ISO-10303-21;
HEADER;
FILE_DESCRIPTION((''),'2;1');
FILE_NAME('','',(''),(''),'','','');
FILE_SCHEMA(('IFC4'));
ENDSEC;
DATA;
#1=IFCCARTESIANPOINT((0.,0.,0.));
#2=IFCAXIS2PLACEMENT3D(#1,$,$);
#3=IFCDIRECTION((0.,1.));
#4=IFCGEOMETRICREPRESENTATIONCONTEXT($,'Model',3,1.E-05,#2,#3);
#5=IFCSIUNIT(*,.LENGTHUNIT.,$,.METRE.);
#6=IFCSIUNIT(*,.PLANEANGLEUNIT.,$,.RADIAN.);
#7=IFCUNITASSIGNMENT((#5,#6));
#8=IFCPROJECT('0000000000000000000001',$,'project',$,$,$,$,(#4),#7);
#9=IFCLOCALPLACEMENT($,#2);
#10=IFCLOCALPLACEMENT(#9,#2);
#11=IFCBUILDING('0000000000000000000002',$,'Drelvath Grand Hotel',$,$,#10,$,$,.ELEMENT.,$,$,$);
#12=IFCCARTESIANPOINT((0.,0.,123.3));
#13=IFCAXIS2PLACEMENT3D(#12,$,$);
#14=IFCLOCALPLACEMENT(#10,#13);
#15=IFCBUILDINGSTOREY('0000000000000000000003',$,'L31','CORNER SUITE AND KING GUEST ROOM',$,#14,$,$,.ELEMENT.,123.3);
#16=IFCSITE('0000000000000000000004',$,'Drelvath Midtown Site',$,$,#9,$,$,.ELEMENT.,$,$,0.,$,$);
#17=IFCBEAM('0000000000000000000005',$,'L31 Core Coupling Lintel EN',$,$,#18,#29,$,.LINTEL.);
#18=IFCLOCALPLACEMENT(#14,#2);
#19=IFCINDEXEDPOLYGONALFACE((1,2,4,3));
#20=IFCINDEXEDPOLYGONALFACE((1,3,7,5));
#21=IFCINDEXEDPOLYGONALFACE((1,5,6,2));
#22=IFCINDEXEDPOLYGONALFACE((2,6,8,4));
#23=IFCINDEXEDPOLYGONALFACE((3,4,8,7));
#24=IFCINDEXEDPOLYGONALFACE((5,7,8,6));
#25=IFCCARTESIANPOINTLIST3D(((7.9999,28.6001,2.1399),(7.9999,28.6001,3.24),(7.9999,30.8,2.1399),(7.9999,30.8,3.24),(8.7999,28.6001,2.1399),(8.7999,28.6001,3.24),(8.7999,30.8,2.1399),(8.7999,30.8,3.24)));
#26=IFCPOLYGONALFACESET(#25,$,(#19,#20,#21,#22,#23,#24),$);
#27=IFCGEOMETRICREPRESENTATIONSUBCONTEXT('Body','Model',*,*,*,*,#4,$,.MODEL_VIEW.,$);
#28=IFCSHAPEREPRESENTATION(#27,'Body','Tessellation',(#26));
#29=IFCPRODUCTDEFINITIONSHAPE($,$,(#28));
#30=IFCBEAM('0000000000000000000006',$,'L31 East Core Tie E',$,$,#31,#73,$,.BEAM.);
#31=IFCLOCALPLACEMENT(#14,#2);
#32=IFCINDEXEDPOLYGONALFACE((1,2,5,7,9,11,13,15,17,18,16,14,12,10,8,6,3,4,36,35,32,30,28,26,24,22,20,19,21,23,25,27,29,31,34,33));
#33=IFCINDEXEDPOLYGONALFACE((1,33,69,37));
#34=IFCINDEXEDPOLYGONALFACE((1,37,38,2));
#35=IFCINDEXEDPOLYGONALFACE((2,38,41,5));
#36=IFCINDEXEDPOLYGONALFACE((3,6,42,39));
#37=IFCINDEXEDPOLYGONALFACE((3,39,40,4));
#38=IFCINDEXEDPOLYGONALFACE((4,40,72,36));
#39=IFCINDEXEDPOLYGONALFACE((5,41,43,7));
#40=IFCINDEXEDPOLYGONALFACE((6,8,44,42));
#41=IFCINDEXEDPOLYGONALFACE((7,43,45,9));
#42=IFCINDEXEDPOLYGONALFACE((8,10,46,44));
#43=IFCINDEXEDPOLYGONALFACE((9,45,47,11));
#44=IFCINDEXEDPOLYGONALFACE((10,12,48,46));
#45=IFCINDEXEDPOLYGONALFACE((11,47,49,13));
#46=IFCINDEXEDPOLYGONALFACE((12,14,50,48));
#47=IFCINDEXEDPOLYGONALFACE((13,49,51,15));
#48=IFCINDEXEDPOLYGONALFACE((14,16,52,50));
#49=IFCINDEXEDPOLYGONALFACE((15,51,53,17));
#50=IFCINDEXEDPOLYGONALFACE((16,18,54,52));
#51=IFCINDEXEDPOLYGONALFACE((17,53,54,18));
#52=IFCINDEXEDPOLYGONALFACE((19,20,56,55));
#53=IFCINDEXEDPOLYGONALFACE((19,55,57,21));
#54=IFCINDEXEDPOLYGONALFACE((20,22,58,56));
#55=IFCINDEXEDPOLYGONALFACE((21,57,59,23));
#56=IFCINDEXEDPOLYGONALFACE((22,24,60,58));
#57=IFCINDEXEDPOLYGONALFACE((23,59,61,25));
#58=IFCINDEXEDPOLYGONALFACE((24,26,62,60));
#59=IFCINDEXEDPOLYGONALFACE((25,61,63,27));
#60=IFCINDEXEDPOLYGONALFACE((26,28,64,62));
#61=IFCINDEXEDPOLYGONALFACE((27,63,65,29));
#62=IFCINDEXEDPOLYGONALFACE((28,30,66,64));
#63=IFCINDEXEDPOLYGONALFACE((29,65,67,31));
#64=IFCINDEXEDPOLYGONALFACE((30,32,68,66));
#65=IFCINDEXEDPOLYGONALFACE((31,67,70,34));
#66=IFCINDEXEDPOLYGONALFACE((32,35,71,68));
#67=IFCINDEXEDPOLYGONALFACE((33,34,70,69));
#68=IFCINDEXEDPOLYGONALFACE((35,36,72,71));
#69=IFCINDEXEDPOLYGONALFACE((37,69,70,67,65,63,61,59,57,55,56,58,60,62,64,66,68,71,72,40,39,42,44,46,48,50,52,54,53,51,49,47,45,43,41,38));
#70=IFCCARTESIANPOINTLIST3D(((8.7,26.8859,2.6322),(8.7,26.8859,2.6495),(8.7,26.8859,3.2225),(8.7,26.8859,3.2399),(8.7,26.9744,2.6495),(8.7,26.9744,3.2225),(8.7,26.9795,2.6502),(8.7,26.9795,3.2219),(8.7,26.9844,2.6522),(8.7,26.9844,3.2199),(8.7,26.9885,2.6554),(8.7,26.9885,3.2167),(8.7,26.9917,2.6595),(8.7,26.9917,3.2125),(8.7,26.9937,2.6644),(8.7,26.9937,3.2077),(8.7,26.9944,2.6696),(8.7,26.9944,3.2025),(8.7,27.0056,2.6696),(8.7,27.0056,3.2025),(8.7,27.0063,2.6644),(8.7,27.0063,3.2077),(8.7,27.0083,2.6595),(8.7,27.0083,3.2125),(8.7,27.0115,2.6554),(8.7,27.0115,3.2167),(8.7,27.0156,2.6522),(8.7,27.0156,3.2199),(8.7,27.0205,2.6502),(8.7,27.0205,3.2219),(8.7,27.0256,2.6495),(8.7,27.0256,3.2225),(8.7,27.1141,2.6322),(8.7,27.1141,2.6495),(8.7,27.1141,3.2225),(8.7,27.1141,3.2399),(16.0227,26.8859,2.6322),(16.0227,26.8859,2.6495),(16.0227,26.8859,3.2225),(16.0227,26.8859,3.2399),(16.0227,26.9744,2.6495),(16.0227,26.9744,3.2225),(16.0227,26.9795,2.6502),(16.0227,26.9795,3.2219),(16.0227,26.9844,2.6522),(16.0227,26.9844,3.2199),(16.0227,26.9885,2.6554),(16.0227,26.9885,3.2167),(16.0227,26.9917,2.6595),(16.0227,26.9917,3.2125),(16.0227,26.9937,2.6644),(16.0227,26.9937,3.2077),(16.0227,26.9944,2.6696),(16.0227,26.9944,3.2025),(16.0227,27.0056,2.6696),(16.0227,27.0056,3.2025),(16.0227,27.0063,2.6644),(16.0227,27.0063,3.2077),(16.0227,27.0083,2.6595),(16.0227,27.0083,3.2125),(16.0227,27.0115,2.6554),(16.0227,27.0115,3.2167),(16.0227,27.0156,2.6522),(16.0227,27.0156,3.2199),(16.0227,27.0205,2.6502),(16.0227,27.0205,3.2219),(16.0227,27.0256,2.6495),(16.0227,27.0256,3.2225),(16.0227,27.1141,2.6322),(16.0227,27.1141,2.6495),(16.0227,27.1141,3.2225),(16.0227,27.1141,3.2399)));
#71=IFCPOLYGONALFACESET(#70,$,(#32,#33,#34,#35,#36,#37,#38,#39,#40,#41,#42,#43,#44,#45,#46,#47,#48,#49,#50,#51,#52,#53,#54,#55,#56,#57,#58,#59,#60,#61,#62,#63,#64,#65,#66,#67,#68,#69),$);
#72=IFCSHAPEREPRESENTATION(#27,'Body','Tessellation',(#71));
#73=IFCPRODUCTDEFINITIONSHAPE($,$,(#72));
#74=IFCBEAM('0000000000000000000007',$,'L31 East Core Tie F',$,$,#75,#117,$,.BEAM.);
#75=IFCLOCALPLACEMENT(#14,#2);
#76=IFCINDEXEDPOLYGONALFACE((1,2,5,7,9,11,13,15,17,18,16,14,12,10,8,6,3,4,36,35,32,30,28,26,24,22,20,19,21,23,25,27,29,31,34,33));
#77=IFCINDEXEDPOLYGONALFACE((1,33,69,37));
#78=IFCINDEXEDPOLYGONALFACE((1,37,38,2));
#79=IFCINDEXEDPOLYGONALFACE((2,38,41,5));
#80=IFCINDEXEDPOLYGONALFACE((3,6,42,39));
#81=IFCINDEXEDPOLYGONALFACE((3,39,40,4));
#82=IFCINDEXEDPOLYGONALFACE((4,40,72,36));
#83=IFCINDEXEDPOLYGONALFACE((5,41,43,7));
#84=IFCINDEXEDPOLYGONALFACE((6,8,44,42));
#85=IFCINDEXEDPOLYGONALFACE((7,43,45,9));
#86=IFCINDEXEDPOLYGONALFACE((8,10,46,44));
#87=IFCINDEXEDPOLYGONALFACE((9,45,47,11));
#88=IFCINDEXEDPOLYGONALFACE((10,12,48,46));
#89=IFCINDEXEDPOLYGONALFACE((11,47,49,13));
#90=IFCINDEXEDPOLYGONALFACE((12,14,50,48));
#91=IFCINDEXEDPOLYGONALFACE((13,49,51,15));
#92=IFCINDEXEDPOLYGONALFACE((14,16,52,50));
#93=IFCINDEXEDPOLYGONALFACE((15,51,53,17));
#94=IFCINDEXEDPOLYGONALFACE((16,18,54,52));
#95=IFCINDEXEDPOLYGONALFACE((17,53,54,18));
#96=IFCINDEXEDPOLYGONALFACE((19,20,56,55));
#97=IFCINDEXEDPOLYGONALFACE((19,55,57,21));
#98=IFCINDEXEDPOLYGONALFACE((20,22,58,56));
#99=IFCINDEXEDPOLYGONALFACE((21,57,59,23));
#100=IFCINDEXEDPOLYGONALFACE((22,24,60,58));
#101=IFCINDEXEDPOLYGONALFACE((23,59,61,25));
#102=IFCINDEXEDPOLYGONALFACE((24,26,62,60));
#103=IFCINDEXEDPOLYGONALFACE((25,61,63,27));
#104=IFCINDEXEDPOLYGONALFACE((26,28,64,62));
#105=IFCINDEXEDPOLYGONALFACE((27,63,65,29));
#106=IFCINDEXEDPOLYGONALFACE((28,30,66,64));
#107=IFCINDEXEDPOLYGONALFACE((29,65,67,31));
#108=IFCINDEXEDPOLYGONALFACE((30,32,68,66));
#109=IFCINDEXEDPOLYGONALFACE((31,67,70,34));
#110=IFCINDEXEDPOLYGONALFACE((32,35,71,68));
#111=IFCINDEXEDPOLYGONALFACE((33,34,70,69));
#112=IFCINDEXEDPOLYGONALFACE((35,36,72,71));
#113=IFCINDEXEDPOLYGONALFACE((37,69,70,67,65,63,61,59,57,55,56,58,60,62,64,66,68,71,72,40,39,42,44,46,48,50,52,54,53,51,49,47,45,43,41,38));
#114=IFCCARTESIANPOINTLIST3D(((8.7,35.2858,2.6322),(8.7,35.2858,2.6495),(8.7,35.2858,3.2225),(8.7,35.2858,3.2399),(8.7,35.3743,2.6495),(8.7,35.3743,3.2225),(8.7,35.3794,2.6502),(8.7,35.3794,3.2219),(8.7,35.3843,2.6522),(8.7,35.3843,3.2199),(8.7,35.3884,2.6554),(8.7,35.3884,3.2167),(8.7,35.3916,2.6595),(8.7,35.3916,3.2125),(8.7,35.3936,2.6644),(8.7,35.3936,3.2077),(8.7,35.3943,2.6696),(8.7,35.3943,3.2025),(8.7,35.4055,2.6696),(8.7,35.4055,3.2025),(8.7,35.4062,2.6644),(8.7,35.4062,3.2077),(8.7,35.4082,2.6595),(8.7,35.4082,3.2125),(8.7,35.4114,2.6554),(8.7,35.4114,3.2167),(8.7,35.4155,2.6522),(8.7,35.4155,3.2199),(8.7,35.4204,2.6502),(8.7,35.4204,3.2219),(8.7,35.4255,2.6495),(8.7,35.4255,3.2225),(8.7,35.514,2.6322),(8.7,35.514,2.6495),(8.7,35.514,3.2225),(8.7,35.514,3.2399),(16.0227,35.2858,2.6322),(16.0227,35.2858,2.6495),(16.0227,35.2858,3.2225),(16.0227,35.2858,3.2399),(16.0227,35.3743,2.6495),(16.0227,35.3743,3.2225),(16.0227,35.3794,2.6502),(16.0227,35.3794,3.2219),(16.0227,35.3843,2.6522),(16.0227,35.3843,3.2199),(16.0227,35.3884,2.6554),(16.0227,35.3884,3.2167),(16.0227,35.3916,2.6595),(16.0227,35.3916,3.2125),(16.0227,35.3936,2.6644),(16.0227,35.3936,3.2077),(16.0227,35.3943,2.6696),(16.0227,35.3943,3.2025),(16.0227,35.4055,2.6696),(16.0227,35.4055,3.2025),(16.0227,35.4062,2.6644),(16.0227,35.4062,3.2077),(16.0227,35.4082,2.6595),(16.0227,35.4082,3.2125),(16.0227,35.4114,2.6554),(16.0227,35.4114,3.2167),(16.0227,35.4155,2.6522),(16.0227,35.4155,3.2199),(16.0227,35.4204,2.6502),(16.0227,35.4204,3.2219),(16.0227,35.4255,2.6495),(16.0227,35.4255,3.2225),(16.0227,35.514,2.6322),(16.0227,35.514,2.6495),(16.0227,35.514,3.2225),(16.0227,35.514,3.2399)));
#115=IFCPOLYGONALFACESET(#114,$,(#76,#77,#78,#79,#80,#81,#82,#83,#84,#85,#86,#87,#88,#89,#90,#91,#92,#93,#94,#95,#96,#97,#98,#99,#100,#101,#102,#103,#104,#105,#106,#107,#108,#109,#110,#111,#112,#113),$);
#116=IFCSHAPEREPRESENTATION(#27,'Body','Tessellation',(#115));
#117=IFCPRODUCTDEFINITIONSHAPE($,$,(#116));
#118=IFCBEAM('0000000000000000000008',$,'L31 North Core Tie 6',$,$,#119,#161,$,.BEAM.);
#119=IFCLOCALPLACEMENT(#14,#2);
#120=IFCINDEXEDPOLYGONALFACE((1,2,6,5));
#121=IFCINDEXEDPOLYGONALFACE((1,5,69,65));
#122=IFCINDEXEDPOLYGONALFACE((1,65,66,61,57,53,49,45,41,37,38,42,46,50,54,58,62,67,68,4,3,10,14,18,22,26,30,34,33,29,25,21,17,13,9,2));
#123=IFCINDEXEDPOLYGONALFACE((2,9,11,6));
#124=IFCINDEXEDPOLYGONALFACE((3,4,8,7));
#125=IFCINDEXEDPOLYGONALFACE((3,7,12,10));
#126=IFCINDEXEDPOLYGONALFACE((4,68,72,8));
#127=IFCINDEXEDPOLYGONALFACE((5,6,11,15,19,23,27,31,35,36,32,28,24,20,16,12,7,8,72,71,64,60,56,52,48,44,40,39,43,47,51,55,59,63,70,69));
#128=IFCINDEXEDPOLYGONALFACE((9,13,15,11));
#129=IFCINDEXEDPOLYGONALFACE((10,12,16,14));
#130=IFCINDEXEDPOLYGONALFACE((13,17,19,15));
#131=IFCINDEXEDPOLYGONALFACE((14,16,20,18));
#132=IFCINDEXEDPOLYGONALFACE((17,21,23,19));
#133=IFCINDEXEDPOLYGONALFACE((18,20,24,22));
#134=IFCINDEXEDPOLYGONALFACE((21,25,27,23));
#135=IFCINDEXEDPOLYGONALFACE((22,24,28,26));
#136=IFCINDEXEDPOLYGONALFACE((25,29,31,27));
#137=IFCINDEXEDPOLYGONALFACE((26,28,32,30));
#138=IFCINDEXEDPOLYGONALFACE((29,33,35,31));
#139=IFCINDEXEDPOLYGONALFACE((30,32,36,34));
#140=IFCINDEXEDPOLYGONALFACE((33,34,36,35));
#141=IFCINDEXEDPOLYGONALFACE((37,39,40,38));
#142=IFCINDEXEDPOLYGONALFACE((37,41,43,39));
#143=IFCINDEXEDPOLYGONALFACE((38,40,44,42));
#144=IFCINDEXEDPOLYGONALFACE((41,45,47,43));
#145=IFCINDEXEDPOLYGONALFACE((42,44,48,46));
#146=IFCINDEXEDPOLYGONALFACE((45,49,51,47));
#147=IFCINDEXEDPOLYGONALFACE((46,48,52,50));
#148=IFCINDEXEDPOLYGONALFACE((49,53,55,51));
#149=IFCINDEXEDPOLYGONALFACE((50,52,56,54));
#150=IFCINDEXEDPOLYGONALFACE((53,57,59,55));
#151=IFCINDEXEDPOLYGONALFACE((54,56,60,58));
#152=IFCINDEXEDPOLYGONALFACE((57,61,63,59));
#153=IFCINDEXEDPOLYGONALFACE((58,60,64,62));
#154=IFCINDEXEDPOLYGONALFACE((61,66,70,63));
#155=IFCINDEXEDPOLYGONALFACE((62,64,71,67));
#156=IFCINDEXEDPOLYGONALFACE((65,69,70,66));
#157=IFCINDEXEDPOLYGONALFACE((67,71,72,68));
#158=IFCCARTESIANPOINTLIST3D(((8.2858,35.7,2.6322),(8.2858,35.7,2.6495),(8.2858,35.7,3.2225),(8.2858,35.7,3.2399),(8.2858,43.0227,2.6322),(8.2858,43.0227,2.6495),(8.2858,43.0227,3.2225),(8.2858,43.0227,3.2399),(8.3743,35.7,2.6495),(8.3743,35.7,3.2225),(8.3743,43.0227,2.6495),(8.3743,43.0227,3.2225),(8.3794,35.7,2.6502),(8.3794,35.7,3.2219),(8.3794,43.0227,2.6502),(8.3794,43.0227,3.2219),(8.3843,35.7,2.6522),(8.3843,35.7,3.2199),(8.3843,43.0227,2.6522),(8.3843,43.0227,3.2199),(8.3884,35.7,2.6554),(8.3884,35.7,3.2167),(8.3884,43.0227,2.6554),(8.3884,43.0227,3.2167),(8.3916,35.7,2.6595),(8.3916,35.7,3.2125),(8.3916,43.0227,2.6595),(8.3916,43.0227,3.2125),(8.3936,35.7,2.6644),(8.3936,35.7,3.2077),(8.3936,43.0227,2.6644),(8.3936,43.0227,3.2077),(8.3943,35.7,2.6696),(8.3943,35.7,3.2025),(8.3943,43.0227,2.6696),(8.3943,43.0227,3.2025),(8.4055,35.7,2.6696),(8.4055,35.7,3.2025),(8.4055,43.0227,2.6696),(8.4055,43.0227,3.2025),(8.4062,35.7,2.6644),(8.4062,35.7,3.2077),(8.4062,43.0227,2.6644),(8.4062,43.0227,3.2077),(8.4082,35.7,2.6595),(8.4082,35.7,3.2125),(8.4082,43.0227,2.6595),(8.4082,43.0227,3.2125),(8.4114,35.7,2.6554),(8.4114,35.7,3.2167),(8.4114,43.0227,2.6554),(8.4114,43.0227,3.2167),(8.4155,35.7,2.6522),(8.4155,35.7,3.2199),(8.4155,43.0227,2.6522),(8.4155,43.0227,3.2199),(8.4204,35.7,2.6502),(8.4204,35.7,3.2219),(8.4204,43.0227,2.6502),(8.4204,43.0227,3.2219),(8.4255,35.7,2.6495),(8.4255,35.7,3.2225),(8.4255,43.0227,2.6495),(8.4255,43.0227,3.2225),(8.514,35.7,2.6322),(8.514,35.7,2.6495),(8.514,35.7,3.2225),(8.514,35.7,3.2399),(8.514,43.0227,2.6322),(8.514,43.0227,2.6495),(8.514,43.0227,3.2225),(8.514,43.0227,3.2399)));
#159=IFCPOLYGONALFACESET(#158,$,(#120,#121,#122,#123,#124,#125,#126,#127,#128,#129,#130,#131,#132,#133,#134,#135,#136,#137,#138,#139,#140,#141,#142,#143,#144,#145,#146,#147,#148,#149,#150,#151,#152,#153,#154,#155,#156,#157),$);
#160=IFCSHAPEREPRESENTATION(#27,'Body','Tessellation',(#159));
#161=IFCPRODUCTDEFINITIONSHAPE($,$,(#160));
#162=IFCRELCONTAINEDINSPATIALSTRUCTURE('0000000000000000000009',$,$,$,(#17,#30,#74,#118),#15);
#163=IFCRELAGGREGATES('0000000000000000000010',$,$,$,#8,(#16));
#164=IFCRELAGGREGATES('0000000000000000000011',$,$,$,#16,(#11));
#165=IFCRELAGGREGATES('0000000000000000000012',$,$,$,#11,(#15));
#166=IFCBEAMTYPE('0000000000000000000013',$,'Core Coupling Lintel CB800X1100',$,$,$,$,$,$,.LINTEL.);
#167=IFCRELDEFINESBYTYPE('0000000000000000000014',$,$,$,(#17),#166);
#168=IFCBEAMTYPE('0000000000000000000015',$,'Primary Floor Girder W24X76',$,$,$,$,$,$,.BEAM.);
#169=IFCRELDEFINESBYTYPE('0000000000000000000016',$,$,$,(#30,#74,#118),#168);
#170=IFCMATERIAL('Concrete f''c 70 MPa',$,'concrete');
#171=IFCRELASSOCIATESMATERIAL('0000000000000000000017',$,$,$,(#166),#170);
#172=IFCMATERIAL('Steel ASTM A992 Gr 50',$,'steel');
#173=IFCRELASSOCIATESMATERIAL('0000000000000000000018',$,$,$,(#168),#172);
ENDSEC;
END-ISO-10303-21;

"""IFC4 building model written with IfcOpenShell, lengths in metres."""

from ifc_helpers import new_model, si_unit, direction, frame, origin, origin_2d, place, context, subcontext, project, spatial, rectangle, i_section, extrude, material, material_profile, profile_set, type_object, element, save


model = new_model("IFC4")

# Units and contexts
model_context = context("Model", 3, precision=1e-05, world=origin(), true_north=direction((0.0, 1.0)))
body_context = subcontext(model_context, "Body", "Model", "MODEL_VIEW")
ifc_project = project(units=[si_unit("LENGTHUNIT", "METRE"), si_unit("PLANEANGLEUNIT", "RADIAN")], contexts=[model_context])

# Site, building, storey
site_placement = place(None, origin())
site = spatial("IfcSite", under=ifc_project, at=site_placement, Name="Drelvath Midtown Site", CompositionType="ELEMENT", RefElevation=0.0)
building_placement = place(site_placement, origin())
building = spatial("IfcBuilding", under=site, at=building_placement, Name="Drelvath Grand Hotel", CompositionType="ELEMENT")
storey_placement = place(building_placement, frame((0.0, 0.0, 123.3)))
storey = spatial("IfcBuildingStorey", under=building, at=storey_placement, Name="L31", Description="CORNER SUITE AND KING GUEST ROOM", CompositionType="ELEMENT", Elevation=123.3)

# Beams
ifc_material_1 = material(Name="Concrete f'c 70 MPa", Category="concrete")
ifc_material_profile_1 = material_profile(ifc_material_1, rectangle(XDim=0.8, YDim=1.1001, at=origin_2d()), Name="CB800X1100")
ifc_profile_set_1 = profile_set([ifc_material_profile_1], Name="Concrete f'c 70 MPa")
beam_type_1 = type_object("IfcBeamType", Name="Core Coupling Lintel CB800X1100", PredefinedType="LINTEL", material=ifc_profile_set_1)
beam_placement = place(storey_placement, frame((8.3999, 28.6001, 2.6899), z_axis=(0.0, 1.0, 0.0), x_axis=(-1.0, 0.0, 0.0)))
element("IfcBeam", 1, at=beam_placement, inside=storey, type_object=beam_type_1, Name="L31 Core Coupling Lintel EN", PredefinedType="LINTEL", context=body_context, shape_type="SweptSolid", body=[
    extrude(rectangle(XDim=0.8, YDim=1.1001, at=origin_2d()), origin(), (0.0, 0.0, 1.0), 2.2),
])
ifc_material_2 = material(Name="Steel ASTM A992 Gr 50", Category="steel")
ifc_material_profile_2 = material_profile(ifc_material_2, i_section(OverallWidth=0.2283, OverallDepth=0.6077, WebThickness=0.0112, FlangeThickness=0.0173, FilletRadius=0.02, at=origin_2d()), Name="W24X76")
ifc_profile_set_2 = profile_set([ifc_material_profile_2], Name="Steel ASTM A992 Gr 50")
beam_type_2 = type_object("IfcBeamType", Name="Primary Floor Girder W24X76", PredefinedType="BEAM", material=ifc_profile_set_2)
for number, where, z_axis, x_axis, name in (
    (2, (8.7, 27.0, 2.936), (1.0, 0.0, 0.0), (0.0, 1.0, 0.0), "L31 East Core Tie E"),
    (3, (8.7, 35.3999, 2.936), (1.0, 0.0, 0.0), (0.0, 1.0, 0.0), "L31 East Core Tie F"),
    (4, (8.3999, 35.7, 2.936), (0.0, 1.0, 0.0), (-1.0, 0.0, 0.0), "L31 North Core Tie 6"),
):
    element("IfcBeam", number, at=place(storey_placement, frame(where, z_axis=z_axis, x_axis=x_axis)), inside=storey, type_object=beam_type_2, Name=name, PredefinedType="BEAM", context=body_context, shape_type="SweptSolid", body=[
        extrude(i_section(OverallWidth=0.2283, OverallDepth=0.6077, WebThickness=0.0112, FlangeThickness=0.0173, FilletRadius=0.02, at=origin_2d()), origin(), (0.0, 0.0, 1.0), 7.3228),
    ])

save(model, "model.ifc")
